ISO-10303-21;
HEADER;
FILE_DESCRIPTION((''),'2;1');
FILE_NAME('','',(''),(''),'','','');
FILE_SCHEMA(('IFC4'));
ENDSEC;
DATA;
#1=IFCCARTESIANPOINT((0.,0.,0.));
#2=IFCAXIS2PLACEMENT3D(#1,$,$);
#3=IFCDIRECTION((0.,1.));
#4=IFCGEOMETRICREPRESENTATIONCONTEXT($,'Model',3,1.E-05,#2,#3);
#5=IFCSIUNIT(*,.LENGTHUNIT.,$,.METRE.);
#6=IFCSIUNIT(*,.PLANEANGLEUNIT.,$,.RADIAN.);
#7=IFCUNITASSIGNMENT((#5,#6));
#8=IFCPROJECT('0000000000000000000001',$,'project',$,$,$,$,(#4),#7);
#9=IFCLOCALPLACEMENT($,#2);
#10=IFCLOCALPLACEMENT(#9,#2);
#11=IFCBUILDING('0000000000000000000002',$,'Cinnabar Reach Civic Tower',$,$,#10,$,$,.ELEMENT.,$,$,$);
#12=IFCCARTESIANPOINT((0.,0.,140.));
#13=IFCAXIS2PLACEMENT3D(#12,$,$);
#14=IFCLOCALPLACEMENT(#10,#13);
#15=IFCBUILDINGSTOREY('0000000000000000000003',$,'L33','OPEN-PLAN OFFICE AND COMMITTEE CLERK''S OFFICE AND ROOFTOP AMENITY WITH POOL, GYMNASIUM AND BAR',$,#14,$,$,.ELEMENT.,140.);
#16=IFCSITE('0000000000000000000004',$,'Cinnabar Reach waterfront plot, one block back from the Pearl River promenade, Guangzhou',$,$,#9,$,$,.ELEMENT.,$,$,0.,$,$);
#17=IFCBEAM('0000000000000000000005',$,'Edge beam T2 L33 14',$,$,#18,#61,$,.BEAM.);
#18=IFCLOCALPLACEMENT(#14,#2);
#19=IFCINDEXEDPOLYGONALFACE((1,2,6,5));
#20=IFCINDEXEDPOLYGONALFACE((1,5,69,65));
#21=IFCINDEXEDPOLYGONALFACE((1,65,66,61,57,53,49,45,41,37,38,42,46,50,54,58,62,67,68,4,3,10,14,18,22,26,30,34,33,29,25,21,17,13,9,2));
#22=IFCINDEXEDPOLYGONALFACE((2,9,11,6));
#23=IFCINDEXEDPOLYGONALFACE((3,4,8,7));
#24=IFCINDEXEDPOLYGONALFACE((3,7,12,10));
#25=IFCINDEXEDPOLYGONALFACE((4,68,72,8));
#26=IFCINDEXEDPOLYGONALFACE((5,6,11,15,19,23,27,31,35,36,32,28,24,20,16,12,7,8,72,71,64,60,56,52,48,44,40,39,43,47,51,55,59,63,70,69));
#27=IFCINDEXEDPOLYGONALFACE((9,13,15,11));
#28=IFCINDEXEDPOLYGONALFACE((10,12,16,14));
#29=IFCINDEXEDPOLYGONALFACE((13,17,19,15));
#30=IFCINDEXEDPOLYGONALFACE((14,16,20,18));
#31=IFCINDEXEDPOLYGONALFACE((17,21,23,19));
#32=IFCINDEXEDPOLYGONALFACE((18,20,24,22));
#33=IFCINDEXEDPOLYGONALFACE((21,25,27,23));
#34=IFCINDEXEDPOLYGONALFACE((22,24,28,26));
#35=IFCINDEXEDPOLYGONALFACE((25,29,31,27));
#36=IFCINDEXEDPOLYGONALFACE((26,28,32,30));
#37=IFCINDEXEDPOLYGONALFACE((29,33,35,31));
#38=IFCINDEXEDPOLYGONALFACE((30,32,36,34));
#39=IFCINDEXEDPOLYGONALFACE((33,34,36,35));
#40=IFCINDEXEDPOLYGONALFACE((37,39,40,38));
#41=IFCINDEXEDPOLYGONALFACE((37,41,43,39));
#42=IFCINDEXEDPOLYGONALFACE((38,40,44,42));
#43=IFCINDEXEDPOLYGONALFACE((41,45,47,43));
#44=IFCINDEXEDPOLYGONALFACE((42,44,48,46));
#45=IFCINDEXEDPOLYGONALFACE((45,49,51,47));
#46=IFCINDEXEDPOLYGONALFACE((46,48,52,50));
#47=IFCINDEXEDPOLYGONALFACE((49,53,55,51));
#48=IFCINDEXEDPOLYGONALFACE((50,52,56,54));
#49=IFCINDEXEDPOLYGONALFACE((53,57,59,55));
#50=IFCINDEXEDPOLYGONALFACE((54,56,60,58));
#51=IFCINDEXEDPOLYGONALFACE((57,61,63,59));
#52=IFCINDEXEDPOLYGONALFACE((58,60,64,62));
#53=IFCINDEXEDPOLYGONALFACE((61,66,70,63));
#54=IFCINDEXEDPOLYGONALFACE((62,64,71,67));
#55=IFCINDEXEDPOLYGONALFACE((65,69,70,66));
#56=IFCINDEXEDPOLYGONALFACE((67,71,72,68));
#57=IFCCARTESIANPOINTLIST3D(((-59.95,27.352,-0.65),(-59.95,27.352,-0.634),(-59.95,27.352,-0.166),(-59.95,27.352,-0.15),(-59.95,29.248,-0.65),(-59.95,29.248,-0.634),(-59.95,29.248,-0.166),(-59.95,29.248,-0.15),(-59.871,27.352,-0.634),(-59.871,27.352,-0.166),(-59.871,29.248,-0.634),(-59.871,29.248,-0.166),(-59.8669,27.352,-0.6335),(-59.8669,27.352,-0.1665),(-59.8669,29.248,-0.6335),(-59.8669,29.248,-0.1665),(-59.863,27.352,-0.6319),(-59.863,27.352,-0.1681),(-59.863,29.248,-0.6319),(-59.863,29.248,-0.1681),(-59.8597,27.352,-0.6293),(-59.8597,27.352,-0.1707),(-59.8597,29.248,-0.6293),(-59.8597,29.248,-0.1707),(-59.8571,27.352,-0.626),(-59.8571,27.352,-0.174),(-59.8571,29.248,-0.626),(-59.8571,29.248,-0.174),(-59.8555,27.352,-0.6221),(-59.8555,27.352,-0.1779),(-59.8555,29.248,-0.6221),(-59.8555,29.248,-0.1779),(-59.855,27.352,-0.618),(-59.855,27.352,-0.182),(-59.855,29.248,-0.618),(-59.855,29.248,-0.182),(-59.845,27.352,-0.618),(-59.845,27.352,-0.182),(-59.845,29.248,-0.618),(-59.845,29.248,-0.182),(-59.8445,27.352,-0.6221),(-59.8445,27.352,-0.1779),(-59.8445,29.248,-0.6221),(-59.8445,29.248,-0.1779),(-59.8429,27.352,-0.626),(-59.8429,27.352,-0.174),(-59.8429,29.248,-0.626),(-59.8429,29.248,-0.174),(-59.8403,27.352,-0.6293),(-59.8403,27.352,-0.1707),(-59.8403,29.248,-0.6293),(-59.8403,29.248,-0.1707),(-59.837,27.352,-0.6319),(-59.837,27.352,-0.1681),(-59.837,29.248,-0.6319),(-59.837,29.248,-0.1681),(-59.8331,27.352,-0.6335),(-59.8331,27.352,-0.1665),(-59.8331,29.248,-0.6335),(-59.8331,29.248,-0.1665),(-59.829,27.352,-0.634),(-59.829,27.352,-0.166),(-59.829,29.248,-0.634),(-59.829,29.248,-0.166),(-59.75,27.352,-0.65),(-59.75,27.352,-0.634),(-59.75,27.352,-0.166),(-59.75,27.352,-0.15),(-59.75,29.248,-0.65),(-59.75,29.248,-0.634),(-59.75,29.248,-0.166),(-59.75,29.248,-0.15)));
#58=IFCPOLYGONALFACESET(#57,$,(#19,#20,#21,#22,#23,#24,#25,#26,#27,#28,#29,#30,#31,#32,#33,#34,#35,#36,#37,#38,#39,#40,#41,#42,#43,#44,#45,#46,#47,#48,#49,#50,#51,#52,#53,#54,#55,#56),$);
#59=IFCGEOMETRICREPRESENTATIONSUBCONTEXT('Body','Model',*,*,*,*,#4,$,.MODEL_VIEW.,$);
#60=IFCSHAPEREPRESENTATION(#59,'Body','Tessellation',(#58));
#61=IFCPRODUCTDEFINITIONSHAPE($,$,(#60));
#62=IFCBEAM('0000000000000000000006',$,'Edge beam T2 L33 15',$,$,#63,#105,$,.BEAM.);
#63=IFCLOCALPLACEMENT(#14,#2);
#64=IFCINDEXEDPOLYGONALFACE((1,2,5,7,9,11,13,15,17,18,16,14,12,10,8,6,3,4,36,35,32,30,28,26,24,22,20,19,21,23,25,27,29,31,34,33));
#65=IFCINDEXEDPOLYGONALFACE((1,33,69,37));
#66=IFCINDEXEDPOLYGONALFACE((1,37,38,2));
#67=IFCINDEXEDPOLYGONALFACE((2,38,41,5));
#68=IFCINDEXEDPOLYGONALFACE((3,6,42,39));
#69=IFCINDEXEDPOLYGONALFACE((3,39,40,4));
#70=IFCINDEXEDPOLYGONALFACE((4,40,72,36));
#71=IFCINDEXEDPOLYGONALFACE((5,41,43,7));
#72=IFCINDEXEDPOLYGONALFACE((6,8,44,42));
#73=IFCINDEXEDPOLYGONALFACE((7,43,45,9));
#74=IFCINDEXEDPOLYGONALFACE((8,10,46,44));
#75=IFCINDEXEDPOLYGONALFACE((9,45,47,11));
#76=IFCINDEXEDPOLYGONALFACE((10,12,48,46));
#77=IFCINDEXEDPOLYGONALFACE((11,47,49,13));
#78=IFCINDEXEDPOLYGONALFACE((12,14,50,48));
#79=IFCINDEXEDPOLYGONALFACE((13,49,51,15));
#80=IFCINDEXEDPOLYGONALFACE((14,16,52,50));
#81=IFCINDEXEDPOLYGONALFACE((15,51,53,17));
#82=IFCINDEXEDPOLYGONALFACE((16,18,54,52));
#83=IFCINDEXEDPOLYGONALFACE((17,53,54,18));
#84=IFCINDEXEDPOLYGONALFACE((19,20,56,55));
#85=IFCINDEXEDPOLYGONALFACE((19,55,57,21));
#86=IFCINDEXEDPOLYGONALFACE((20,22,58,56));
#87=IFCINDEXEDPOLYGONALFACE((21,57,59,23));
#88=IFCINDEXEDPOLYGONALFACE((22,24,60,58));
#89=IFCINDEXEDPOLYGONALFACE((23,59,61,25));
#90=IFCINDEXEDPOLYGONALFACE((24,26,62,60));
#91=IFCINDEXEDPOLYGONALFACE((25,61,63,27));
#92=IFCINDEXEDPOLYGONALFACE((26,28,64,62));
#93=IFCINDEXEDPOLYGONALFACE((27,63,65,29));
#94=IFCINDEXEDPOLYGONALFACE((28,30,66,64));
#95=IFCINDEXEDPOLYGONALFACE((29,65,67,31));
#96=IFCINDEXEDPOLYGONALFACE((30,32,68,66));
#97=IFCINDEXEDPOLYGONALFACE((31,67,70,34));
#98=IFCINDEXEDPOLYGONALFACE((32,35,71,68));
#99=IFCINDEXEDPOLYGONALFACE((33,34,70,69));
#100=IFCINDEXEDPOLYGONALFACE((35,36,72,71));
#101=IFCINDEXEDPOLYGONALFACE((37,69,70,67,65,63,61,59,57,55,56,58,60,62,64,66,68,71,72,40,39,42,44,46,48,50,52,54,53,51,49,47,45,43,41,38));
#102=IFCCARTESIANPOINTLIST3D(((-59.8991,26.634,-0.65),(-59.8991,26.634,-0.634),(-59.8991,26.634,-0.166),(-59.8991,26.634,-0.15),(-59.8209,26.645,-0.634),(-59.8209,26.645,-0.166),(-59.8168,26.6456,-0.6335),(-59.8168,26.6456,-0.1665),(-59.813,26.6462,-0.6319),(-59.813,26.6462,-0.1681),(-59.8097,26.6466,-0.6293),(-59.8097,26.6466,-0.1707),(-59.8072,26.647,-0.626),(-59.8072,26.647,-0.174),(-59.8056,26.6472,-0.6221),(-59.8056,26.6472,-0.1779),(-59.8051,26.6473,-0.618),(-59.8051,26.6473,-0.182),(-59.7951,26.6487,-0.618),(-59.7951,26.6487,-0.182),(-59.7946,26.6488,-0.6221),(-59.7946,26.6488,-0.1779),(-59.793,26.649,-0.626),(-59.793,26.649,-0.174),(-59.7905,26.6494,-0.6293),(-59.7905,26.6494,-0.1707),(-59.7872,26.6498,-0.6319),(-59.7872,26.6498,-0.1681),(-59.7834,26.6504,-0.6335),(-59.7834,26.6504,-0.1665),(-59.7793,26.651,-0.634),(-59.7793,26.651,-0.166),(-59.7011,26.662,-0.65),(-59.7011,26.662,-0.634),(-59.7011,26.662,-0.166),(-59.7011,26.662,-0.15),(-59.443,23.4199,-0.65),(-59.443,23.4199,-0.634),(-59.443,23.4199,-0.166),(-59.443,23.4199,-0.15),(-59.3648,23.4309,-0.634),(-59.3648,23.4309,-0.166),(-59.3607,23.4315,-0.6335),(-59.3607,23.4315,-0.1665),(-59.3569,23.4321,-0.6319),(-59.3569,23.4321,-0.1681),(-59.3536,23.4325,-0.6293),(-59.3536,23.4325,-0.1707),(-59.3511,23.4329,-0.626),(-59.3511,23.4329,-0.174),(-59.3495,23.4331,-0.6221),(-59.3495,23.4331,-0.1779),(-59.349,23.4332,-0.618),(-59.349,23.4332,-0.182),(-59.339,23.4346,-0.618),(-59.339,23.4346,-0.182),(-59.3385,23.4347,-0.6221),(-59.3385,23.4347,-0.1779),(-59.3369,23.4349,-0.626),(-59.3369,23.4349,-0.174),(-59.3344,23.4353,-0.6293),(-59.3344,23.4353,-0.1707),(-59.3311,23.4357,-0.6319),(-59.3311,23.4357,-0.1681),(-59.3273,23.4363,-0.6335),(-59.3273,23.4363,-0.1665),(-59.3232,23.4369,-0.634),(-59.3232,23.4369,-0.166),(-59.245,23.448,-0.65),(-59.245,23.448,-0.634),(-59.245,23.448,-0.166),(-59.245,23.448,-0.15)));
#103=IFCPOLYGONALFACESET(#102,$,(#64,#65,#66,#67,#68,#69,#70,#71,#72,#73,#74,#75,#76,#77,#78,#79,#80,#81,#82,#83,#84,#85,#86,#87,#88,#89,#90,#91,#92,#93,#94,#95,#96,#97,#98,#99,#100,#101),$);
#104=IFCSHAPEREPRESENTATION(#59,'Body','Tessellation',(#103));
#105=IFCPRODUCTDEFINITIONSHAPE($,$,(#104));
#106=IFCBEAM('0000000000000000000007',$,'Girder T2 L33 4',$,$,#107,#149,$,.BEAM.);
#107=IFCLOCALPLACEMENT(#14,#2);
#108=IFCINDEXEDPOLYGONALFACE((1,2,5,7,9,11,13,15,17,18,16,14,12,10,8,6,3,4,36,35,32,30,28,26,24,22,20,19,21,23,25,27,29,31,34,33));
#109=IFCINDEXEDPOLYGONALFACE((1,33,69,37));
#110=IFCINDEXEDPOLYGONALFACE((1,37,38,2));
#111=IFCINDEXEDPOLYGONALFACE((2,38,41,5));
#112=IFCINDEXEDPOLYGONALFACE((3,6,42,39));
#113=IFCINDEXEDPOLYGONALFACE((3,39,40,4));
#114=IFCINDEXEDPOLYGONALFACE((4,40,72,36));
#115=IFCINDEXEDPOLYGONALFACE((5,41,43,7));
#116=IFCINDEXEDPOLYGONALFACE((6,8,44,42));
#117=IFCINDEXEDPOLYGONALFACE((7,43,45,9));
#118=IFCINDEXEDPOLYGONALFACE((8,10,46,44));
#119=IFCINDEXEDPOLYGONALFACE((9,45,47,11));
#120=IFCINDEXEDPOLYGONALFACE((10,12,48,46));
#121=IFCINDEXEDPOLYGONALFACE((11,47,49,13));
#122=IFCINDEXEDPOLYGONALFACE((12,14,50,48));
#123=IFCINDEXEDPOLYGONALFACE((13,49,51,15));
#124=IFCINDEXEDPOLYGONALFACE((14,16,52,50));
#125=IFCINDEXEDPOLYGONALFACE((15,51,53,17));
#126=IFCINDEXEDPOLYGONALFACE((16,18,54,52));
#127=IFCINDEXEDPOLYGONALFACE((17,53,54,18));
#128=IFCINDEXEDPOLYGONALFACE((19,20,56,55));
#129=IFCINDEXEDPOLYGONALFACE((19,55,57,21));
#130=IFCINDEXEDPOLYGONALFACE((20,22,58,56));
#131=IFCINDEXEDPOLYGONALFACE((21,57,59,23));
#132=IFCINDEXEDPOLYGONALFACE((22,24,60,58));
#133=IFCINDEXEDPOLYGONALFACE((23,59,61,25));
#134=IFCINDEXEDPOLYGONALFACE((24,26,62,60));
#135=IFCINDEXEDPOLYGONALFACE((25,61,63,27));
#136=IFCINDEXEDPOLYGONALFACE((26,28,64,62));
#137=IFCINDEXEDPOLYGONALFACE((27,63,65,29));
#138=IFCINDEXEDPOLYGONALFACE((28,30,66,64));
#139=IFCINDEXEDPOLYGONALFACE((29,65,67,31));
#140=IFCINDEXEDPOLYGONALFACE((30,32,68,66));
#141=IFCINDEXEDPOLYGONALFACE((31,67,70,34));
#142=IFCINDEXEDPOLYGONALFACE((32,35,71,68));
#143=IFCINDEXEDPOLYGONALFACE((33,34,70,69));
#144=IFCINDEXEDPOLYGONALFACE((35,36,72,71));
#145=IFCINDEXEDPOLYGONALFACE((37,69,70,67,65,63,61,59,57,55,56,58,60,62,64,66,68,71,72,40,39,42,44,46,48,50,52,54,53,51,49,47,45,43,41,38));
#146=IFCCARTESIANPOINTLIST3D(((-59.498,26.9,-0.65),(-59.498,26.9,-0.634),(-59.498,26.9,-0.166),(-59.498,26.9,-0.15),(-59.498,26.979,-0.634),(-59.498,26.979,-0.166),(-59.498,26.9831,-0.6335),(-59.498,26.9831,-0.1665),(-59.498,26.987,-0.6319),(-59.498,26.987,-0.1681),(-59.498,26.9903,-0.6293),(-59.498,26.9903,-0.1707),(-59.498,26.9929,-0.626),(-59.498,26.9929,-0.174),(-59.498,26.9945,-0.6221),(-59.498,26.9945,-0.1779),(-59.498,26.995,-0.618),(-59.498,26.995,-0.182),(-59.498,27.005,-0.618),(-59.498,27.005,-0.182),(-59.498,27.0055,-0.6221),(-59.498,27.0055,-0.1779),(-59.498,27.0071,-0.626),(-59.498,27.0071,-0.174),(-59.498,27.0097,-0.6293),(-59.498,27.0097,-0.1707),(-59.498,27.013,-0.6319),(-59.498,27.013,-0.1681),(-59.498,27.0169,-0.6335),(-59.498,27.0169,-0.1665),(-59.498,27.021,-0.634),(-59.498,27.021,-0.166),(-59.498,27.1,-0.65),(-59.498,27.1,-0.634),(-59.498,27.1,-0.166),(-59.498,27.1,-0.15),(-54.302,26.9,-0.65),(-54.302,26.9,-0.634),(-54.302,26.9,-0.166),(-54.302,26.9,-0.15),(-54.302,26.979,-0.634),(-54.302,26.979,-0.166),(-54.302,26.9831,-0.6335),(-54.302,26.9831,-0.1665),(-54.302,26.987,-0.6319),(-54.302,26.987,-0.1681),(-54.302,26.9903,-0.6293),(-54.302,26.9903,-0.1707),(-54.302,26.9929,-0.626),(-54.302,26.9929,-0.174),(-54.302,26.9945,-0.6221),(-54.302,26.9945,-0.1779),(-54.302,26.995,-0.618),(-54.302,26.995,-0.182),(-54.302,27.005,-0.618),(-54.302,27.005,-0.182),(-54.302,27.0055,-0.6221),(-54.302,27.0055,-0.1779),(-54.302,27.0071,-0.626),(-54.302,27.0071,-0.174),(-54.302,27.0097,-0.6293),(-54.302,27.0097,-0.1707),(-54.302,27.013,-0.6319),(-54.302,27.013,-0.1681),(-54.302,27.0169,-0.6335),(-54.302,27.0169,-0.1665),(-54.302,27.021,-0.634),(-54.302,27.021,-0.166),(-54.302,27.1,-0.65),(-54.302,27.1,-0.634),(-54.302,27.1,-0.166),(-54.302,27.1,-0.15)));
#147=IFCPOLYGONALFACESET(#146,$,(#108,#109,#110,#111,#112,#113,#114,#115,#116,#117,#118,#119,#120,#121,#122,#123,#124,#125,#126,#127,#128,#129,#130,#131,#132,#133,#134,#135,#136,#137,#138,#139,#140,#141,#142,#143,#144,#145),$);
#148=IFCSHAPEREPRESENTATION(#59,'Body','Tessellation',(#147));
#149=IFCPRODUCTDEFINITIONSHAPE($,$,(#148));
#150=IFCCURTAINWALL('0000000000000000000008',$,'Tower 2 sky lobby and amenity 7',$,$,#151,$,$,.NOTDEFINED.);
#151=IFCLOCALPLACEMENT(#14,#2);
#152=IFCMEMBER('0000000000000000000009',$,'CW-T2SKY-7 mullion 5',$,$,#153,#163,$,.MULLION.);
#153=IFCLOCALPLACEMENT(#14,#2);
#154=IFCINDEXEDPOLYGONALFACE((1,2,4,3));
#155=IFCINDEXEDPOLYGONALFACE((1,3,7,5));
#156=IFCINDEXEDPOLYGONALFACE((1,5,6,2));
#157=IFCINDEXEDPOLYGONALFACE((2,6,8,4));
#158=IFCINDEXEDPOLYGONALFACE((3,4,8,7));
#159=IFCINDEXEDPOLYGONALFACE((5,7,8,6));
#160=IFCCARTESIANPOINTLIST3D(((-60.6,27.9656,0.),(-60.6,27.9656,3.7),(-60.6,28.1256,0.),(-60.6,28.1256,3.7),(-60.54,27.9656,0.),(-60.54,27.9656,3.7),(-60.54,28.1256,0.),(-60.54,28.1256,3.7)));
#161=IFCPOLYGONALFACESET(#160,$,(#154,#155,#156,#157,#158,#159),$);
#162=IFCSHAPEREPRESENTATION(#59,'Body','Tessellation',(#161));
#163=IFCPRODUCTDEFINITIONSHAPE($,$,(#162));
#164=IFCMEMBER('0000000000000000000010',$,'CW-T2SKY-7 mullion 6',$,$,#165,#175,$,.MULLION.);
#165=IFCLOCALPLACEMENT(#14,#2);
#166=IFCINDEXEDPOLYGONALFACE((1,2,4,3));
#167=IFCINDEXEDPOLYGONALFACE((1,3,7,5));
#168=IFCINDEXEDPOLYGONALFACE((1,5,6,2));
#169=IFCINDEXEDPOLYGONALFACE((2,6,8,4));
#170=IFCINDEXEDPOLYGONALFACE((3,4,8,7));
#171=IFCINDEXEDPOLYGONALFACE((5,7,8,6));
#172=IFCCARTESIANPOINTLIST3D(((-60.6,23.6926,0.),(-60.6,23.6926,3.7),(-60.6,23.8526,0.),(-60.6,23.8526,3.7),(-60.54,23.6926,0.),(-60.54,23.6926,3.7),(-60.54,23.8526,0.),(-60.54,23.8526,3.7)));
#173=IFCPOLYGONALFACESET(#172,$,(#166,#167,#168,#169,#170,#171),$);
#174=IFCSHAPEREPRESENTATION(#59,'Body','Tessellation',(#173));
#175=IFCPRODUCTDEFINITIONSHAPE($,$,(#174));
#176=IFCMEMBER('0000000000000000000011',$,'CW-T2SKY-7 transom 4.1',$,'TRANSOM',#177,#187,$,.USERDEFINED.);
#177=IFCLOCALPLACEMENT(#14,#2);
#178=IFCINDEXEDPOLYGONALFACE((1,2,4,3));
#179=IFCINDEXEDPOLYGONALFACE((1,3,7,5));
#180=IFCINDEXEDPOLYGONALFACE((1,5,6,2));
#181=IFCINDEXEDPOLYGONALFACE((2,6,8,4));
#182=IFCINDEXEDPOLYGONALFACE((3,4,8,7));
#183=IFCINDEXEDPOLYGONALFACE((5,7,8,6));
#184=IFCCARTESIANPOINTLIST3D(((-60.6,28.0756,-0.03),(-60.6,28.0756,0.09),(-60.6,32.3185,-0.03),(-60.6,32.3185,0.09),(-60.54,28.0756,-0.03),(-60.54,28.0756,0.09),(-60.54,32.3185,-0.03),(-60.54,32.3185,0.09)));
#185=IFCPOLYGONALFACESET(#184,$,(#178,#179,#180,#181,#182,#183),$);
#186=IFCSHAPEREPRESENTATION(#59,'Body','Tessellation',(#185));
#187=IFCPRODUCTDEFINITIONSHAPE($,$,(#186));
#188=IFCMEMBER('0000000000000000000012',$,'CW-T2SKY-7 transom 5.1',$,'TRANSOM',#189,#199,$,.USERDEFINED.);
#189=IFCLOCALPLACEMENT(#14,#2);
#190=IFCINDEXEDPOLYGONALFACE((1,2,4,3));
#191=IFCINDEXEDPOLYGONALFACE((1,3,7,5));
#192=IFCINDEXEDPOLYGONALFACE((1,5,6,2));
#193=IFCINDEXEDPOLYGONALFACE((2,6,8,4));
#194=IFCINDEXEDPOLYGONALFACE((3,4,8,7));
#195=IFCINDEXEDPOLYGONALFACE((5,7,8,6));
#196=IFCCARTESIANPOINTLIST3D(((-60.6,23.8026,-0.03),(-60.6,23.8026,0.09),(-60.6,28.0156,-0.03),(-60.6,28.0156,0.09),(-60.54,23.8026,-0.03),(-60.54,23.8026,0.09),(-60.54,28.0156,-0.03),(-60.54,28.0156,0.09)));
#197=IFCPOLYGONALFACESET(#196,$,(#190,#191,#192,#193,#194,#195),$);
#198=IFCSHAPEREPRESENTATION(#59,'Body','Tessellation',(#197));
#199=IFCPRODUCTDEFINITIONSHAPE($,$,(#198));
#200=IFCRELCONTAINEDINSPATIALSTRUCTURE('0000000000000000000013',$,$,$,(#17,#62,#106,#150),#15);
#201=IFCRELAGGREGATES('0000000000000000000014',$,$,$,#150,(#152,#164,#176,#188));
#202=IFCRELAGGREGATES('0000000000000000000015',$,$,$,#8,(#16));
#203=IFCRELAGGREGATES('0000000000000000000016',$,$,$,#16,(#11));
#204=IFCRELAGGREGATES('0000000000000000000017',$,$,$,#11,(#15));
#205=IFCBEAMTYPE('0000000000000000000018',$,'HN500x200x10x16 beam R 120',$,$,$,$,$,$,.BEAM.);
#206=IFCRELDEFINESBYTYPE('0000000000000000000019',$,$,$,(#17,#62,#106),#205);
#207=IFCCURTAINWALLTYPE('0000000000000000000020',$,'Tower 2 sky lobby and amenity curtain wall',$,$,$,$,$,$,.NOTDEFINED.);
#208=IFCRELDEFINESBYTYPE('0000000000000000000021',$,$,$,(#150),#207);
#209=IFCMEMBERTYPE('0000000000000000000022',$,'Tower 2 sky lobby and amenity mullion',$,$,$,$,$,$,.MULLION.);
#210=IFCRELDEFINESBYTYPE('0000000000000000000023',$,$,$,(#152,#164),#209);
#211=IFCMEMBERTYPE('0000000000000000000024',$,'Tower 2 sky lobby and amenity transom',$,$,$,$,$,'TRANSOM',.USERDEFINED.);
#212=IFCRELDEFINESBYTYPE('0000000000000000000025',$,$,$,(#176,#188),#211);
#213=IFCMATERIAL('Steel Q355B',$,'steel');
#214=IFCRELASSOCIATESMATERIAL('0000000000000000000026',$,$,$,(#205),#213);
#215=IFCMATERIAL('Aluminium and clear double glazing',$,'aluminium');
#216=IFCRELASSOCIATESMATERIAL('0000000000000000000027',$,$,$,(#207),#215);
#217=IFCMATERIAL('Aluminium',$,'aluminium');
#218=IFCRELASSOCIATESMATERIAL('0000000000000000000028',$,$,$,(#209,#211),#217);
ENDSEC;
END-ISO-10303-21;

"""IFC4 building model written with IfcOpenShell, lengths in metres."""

from ifc_helpers import new_model, si_unit, direction, frame, origin, origin_2d, place, context, subcontext, project, spatial, rectangle, i_section, extrude, material, material_profile, profile_set, type_object, element, aggregate, save


model = new_model("IFC4")

# Units and contexts
model_context = context("Model", 3, precision=1e-05, world=origin(), true_north=direction((0.0, 1.0)))
body_context = subcontext(model_context, "Body", "Model", "MODEL_VIEW")
ifc_project = project(units=[si_unit("LENGTHUNIT", "METRE"), si_unit("PLANEANGLEUNIT", "RADIAN")], contexts=[model_context])

# Site, building, storey
site_placement = place(None, origin())
site = spatial("IfcSite", under=ifc_project, at=site_placement, Name="Cinnabar Reach waterfront plot, one block back from the Pearl River promenade, Guangzhou", CompositionType="ELEMENT", RefElevation=0.0)
building_placement = place(site_placement, origin())
building = spatial("IfcBuilding", under=site, at=building_placement, Name="Cinnabar Reach Civic Tower", CompositionType="ELEMENT")
storey_placement = place(building_placement, frame((0.0, 0.0, 140.0)))
storey = spatial("IfcBuildingStorey", under=building, at=storey_placement, Name="L33", Description="OPEN-PLAN OFFICE AND COMMITTEE CLERK'S OFFICE AND ROOFTOP AMENITY WITH POOL, GYMNASIUM AND BAR", CompositionType="ELEMENT", Elevation=140.0)

# Beams
ifc_material_1 = material(Name="Steel Q355B", Category="steel")
ifc_material_profile_1 = material_profile(ifc_material_1, i_section(OverallWidth=0.2, OverallDepth=0.5, WebThickness=0.01, FlangeThickness=0.016, FilletRadius=0.016, at=origin_2d()), Name="HN500x200x10x16")
ifc_profile_set_1 = profile_set([ifc_material_profile_1], Name="Steel Q355B")
beam_type_1 = type_object("IfcBeamType", Name="HN500x200x10x16 beam R 120", PredefinedType="BEAM", material=ifc_profile_set_1)
beam_1_placement = place(storey_placement, frame((-59.85, 29.248, -0.4), z_axis=(0.0, -1.0, 0.0), x_axis=(1.0, 0.0, 0.0)))
element("IfcBeam", 1, at=beam_1_placement, inside=storey, type_object=beam_type_1, Name="Edge beam T2 L33 14", PredefinedType="BEAM", context=body_context, shape_type="SweptSolid", body=[
    extrude(i_section(OverallWidth=0.2, OverallDepth=0.5, WebThickness=0.01, FlangeThickness=0.016, FilletRadius=0.016, at=origin_2d()), origin(), (0.0, 0.0, 1.0), 1.896),
])
beam_2_placement = place(storey_placement, frame((-59.8001, 26.648, -0.4), z_axis=(0.140498, -0.990081, 0.0), x_axis=(0.990081, 0.140498, 0.0)))
element("IfcBeam", 2, at=beam_2_placement, inside=storey, type_object=beam_type_1, Name="Edge beam T2 L33 15", PredefinedType="BEAM", context=body_context, shape_type="SweptSolid", body=[
    extrude(i_section(OverallWidth=0.2, OverallDepth=0.5, WebThickness=0.01, FlangeThickness=0.016, FilletRadius=0.016, at=origin_2d()), origin(), (0.0, 0.0, 1.0), 3.2463),
])
beam_3_placement = place(storey_placement, frame((-59.498, 27.0, -0.4), z_axis=(1.0, 0.0, 0.0), x_axis=(0.0, 1.0, 0.0)))
element("IfcBeam", 3, at=beam_3_placement, inside=storey, type_object=beam_type_1, Name="Girder T2 L33 4", PredefinedType="BEAM", context=body_context, shape_type="SweptSolid", body=[
    extrude(i_section(OverallWidth=0.2, OverallDepth=0.5, WebThickness=0.01, FlangeThickness=0.016, FilletRadius=0.016, at=origin_2d()), origin(), (0.0, 0.0, 1.0), 5.196),
])

# Curtain wall, members
ifc_material_2 = material(Name="Aluminium and clear double glazing", Category="aluminium")
curtain_wall_type = type_object("IfcCurtainWallType", Name="Tower 2 sky lobby and amenity curtain wall", PredefinedType="NOTDEFINED", material=ifc_material_2)
curtain_wall_placement = place(storey_placement, origin())
curtain_wall = element("IfcCurtainWall", 4, at=curtain_wall_placement, inside=storey, type_object=curtain_wall_type, Name="Tower 2 sky lobby and amenity 7", PredefinedType="NOTDEFINED")
ifc_material_3 = material(Name="Aluminium", Category="aluminium")
ifc_material_profile_2 = material_profile(ifc_material_3, rectangle(XDim=0.06, YDim=0.16, at=origin_2d()), Name="Tower 2 sky lobby and amenity mullion")
ifc_profile_set_2 = profile_set([ifc_material_profile_2], Name="Aluminium")
member_type_1 = type_object("IfcMemberType", Name="Tower 2 sky lobby and amenity mullion", PredefinedType="MULLION", material=ifc_profile_set_2)
member_1_placement = place(storey_placement, frame((-60.57, 28.0456, 0.0), z_axis=(0.0, 0.0, 1.0), x_axis=(1.0, 0.0, 0.0)))
member_1 = element("IfcMember", 5, at=member_1_placement, type_object=member_type_1, Name="CW-T2SKY-7 mullion 5", PredefinedType="MULLION", context=body_context, shape_type="SweptSolid", body=[
    extrude(rectangle(XDim=0.06, YDim=0.16, at=origin_2d()), origin(), (0.0, 0.0, 1.0), 3.7),
])
member_2_placement = place(storey_placement, frame((-60.57, 23.7726, 0.0), z_axis=(0.0, 0.0, 1.0), x_axis=(1.0, 0.0, 0.0)))
member_2 = element("IfcMember", 6, at=member_2_placement, type_object=member_type_1, Name="CW-T2SKY-7 mullion 6", PredefinedType="MULLION", context=body_context, shape_type="SweptSolid", body=[
    extrude(rectangle(XDim=0.06, YDim=0.16, at=origin_2d()), origin(), (0.0, 0.0, 1.0), 3.7),
])
ifc_material_profile_3 = material_profile(ifc_material_3, rectangle(XDim=0.06, YDim=0.12, at=origin_2d()), Name="Tower 2 sky lobby and amenity transom")
ifc_profile_set_3 = profile_set([ifc_material_profile_3], Name="Aluminium")
member_type_2 = type_object("IfcMemberType", Name="Tower 2 sky lobby and amenity transom", ElementType="TRANSOM", PredefinedType="USERDEFINED", material=ifc_profile_set_3)
member_3_placement = place(storey_placement, frame((-60.57, 32.3185, 0.03), z_axis=(0.0, -1.0, 0.0), x_axis=(1.0, 0.0, 0.0)))
member_3 = element("IfcMember", 7, at=member_3_placement, type_object=member_type_2, Name="CW-T2SKY-7 transom 4.1", ObjectType="TRANSOM", PredefinedType="USERDEFINED", context=body_context, shape_type="SweptSolid", body=[
    extrude(rectangle(XDim=0.06, YDim=0.12, at=origin_2d()), origin(), (0.0, 0.0, 1.0), 4.2429),
])
member_4_placement = place(storey_placement, frame((-60.57, 28.0156, 0.03), z_axis=(0.0, -1.0, 0.0), x_axis=(1.0, 0.0, 0.0)))
member_4 = element("IfcMember", 8, at=member_4_placement, type_object=member_type_2, Name="CW-T2SKY-7 transom 5.1", ObjectType="TRANSOM", PredefinedType="USERDEFINED", context=body_context, shape_type="SweptSolid", body=[
    extrude(rectangle(XDim=0.06, YDim=0.12, at=origin_2d()), origin(), (0.0, 0.0, 1.0), 4.213),
])
aggregate(curtain_wall, [member_1, member_2, member_3, member_4])

save(model, "model.ifc")
